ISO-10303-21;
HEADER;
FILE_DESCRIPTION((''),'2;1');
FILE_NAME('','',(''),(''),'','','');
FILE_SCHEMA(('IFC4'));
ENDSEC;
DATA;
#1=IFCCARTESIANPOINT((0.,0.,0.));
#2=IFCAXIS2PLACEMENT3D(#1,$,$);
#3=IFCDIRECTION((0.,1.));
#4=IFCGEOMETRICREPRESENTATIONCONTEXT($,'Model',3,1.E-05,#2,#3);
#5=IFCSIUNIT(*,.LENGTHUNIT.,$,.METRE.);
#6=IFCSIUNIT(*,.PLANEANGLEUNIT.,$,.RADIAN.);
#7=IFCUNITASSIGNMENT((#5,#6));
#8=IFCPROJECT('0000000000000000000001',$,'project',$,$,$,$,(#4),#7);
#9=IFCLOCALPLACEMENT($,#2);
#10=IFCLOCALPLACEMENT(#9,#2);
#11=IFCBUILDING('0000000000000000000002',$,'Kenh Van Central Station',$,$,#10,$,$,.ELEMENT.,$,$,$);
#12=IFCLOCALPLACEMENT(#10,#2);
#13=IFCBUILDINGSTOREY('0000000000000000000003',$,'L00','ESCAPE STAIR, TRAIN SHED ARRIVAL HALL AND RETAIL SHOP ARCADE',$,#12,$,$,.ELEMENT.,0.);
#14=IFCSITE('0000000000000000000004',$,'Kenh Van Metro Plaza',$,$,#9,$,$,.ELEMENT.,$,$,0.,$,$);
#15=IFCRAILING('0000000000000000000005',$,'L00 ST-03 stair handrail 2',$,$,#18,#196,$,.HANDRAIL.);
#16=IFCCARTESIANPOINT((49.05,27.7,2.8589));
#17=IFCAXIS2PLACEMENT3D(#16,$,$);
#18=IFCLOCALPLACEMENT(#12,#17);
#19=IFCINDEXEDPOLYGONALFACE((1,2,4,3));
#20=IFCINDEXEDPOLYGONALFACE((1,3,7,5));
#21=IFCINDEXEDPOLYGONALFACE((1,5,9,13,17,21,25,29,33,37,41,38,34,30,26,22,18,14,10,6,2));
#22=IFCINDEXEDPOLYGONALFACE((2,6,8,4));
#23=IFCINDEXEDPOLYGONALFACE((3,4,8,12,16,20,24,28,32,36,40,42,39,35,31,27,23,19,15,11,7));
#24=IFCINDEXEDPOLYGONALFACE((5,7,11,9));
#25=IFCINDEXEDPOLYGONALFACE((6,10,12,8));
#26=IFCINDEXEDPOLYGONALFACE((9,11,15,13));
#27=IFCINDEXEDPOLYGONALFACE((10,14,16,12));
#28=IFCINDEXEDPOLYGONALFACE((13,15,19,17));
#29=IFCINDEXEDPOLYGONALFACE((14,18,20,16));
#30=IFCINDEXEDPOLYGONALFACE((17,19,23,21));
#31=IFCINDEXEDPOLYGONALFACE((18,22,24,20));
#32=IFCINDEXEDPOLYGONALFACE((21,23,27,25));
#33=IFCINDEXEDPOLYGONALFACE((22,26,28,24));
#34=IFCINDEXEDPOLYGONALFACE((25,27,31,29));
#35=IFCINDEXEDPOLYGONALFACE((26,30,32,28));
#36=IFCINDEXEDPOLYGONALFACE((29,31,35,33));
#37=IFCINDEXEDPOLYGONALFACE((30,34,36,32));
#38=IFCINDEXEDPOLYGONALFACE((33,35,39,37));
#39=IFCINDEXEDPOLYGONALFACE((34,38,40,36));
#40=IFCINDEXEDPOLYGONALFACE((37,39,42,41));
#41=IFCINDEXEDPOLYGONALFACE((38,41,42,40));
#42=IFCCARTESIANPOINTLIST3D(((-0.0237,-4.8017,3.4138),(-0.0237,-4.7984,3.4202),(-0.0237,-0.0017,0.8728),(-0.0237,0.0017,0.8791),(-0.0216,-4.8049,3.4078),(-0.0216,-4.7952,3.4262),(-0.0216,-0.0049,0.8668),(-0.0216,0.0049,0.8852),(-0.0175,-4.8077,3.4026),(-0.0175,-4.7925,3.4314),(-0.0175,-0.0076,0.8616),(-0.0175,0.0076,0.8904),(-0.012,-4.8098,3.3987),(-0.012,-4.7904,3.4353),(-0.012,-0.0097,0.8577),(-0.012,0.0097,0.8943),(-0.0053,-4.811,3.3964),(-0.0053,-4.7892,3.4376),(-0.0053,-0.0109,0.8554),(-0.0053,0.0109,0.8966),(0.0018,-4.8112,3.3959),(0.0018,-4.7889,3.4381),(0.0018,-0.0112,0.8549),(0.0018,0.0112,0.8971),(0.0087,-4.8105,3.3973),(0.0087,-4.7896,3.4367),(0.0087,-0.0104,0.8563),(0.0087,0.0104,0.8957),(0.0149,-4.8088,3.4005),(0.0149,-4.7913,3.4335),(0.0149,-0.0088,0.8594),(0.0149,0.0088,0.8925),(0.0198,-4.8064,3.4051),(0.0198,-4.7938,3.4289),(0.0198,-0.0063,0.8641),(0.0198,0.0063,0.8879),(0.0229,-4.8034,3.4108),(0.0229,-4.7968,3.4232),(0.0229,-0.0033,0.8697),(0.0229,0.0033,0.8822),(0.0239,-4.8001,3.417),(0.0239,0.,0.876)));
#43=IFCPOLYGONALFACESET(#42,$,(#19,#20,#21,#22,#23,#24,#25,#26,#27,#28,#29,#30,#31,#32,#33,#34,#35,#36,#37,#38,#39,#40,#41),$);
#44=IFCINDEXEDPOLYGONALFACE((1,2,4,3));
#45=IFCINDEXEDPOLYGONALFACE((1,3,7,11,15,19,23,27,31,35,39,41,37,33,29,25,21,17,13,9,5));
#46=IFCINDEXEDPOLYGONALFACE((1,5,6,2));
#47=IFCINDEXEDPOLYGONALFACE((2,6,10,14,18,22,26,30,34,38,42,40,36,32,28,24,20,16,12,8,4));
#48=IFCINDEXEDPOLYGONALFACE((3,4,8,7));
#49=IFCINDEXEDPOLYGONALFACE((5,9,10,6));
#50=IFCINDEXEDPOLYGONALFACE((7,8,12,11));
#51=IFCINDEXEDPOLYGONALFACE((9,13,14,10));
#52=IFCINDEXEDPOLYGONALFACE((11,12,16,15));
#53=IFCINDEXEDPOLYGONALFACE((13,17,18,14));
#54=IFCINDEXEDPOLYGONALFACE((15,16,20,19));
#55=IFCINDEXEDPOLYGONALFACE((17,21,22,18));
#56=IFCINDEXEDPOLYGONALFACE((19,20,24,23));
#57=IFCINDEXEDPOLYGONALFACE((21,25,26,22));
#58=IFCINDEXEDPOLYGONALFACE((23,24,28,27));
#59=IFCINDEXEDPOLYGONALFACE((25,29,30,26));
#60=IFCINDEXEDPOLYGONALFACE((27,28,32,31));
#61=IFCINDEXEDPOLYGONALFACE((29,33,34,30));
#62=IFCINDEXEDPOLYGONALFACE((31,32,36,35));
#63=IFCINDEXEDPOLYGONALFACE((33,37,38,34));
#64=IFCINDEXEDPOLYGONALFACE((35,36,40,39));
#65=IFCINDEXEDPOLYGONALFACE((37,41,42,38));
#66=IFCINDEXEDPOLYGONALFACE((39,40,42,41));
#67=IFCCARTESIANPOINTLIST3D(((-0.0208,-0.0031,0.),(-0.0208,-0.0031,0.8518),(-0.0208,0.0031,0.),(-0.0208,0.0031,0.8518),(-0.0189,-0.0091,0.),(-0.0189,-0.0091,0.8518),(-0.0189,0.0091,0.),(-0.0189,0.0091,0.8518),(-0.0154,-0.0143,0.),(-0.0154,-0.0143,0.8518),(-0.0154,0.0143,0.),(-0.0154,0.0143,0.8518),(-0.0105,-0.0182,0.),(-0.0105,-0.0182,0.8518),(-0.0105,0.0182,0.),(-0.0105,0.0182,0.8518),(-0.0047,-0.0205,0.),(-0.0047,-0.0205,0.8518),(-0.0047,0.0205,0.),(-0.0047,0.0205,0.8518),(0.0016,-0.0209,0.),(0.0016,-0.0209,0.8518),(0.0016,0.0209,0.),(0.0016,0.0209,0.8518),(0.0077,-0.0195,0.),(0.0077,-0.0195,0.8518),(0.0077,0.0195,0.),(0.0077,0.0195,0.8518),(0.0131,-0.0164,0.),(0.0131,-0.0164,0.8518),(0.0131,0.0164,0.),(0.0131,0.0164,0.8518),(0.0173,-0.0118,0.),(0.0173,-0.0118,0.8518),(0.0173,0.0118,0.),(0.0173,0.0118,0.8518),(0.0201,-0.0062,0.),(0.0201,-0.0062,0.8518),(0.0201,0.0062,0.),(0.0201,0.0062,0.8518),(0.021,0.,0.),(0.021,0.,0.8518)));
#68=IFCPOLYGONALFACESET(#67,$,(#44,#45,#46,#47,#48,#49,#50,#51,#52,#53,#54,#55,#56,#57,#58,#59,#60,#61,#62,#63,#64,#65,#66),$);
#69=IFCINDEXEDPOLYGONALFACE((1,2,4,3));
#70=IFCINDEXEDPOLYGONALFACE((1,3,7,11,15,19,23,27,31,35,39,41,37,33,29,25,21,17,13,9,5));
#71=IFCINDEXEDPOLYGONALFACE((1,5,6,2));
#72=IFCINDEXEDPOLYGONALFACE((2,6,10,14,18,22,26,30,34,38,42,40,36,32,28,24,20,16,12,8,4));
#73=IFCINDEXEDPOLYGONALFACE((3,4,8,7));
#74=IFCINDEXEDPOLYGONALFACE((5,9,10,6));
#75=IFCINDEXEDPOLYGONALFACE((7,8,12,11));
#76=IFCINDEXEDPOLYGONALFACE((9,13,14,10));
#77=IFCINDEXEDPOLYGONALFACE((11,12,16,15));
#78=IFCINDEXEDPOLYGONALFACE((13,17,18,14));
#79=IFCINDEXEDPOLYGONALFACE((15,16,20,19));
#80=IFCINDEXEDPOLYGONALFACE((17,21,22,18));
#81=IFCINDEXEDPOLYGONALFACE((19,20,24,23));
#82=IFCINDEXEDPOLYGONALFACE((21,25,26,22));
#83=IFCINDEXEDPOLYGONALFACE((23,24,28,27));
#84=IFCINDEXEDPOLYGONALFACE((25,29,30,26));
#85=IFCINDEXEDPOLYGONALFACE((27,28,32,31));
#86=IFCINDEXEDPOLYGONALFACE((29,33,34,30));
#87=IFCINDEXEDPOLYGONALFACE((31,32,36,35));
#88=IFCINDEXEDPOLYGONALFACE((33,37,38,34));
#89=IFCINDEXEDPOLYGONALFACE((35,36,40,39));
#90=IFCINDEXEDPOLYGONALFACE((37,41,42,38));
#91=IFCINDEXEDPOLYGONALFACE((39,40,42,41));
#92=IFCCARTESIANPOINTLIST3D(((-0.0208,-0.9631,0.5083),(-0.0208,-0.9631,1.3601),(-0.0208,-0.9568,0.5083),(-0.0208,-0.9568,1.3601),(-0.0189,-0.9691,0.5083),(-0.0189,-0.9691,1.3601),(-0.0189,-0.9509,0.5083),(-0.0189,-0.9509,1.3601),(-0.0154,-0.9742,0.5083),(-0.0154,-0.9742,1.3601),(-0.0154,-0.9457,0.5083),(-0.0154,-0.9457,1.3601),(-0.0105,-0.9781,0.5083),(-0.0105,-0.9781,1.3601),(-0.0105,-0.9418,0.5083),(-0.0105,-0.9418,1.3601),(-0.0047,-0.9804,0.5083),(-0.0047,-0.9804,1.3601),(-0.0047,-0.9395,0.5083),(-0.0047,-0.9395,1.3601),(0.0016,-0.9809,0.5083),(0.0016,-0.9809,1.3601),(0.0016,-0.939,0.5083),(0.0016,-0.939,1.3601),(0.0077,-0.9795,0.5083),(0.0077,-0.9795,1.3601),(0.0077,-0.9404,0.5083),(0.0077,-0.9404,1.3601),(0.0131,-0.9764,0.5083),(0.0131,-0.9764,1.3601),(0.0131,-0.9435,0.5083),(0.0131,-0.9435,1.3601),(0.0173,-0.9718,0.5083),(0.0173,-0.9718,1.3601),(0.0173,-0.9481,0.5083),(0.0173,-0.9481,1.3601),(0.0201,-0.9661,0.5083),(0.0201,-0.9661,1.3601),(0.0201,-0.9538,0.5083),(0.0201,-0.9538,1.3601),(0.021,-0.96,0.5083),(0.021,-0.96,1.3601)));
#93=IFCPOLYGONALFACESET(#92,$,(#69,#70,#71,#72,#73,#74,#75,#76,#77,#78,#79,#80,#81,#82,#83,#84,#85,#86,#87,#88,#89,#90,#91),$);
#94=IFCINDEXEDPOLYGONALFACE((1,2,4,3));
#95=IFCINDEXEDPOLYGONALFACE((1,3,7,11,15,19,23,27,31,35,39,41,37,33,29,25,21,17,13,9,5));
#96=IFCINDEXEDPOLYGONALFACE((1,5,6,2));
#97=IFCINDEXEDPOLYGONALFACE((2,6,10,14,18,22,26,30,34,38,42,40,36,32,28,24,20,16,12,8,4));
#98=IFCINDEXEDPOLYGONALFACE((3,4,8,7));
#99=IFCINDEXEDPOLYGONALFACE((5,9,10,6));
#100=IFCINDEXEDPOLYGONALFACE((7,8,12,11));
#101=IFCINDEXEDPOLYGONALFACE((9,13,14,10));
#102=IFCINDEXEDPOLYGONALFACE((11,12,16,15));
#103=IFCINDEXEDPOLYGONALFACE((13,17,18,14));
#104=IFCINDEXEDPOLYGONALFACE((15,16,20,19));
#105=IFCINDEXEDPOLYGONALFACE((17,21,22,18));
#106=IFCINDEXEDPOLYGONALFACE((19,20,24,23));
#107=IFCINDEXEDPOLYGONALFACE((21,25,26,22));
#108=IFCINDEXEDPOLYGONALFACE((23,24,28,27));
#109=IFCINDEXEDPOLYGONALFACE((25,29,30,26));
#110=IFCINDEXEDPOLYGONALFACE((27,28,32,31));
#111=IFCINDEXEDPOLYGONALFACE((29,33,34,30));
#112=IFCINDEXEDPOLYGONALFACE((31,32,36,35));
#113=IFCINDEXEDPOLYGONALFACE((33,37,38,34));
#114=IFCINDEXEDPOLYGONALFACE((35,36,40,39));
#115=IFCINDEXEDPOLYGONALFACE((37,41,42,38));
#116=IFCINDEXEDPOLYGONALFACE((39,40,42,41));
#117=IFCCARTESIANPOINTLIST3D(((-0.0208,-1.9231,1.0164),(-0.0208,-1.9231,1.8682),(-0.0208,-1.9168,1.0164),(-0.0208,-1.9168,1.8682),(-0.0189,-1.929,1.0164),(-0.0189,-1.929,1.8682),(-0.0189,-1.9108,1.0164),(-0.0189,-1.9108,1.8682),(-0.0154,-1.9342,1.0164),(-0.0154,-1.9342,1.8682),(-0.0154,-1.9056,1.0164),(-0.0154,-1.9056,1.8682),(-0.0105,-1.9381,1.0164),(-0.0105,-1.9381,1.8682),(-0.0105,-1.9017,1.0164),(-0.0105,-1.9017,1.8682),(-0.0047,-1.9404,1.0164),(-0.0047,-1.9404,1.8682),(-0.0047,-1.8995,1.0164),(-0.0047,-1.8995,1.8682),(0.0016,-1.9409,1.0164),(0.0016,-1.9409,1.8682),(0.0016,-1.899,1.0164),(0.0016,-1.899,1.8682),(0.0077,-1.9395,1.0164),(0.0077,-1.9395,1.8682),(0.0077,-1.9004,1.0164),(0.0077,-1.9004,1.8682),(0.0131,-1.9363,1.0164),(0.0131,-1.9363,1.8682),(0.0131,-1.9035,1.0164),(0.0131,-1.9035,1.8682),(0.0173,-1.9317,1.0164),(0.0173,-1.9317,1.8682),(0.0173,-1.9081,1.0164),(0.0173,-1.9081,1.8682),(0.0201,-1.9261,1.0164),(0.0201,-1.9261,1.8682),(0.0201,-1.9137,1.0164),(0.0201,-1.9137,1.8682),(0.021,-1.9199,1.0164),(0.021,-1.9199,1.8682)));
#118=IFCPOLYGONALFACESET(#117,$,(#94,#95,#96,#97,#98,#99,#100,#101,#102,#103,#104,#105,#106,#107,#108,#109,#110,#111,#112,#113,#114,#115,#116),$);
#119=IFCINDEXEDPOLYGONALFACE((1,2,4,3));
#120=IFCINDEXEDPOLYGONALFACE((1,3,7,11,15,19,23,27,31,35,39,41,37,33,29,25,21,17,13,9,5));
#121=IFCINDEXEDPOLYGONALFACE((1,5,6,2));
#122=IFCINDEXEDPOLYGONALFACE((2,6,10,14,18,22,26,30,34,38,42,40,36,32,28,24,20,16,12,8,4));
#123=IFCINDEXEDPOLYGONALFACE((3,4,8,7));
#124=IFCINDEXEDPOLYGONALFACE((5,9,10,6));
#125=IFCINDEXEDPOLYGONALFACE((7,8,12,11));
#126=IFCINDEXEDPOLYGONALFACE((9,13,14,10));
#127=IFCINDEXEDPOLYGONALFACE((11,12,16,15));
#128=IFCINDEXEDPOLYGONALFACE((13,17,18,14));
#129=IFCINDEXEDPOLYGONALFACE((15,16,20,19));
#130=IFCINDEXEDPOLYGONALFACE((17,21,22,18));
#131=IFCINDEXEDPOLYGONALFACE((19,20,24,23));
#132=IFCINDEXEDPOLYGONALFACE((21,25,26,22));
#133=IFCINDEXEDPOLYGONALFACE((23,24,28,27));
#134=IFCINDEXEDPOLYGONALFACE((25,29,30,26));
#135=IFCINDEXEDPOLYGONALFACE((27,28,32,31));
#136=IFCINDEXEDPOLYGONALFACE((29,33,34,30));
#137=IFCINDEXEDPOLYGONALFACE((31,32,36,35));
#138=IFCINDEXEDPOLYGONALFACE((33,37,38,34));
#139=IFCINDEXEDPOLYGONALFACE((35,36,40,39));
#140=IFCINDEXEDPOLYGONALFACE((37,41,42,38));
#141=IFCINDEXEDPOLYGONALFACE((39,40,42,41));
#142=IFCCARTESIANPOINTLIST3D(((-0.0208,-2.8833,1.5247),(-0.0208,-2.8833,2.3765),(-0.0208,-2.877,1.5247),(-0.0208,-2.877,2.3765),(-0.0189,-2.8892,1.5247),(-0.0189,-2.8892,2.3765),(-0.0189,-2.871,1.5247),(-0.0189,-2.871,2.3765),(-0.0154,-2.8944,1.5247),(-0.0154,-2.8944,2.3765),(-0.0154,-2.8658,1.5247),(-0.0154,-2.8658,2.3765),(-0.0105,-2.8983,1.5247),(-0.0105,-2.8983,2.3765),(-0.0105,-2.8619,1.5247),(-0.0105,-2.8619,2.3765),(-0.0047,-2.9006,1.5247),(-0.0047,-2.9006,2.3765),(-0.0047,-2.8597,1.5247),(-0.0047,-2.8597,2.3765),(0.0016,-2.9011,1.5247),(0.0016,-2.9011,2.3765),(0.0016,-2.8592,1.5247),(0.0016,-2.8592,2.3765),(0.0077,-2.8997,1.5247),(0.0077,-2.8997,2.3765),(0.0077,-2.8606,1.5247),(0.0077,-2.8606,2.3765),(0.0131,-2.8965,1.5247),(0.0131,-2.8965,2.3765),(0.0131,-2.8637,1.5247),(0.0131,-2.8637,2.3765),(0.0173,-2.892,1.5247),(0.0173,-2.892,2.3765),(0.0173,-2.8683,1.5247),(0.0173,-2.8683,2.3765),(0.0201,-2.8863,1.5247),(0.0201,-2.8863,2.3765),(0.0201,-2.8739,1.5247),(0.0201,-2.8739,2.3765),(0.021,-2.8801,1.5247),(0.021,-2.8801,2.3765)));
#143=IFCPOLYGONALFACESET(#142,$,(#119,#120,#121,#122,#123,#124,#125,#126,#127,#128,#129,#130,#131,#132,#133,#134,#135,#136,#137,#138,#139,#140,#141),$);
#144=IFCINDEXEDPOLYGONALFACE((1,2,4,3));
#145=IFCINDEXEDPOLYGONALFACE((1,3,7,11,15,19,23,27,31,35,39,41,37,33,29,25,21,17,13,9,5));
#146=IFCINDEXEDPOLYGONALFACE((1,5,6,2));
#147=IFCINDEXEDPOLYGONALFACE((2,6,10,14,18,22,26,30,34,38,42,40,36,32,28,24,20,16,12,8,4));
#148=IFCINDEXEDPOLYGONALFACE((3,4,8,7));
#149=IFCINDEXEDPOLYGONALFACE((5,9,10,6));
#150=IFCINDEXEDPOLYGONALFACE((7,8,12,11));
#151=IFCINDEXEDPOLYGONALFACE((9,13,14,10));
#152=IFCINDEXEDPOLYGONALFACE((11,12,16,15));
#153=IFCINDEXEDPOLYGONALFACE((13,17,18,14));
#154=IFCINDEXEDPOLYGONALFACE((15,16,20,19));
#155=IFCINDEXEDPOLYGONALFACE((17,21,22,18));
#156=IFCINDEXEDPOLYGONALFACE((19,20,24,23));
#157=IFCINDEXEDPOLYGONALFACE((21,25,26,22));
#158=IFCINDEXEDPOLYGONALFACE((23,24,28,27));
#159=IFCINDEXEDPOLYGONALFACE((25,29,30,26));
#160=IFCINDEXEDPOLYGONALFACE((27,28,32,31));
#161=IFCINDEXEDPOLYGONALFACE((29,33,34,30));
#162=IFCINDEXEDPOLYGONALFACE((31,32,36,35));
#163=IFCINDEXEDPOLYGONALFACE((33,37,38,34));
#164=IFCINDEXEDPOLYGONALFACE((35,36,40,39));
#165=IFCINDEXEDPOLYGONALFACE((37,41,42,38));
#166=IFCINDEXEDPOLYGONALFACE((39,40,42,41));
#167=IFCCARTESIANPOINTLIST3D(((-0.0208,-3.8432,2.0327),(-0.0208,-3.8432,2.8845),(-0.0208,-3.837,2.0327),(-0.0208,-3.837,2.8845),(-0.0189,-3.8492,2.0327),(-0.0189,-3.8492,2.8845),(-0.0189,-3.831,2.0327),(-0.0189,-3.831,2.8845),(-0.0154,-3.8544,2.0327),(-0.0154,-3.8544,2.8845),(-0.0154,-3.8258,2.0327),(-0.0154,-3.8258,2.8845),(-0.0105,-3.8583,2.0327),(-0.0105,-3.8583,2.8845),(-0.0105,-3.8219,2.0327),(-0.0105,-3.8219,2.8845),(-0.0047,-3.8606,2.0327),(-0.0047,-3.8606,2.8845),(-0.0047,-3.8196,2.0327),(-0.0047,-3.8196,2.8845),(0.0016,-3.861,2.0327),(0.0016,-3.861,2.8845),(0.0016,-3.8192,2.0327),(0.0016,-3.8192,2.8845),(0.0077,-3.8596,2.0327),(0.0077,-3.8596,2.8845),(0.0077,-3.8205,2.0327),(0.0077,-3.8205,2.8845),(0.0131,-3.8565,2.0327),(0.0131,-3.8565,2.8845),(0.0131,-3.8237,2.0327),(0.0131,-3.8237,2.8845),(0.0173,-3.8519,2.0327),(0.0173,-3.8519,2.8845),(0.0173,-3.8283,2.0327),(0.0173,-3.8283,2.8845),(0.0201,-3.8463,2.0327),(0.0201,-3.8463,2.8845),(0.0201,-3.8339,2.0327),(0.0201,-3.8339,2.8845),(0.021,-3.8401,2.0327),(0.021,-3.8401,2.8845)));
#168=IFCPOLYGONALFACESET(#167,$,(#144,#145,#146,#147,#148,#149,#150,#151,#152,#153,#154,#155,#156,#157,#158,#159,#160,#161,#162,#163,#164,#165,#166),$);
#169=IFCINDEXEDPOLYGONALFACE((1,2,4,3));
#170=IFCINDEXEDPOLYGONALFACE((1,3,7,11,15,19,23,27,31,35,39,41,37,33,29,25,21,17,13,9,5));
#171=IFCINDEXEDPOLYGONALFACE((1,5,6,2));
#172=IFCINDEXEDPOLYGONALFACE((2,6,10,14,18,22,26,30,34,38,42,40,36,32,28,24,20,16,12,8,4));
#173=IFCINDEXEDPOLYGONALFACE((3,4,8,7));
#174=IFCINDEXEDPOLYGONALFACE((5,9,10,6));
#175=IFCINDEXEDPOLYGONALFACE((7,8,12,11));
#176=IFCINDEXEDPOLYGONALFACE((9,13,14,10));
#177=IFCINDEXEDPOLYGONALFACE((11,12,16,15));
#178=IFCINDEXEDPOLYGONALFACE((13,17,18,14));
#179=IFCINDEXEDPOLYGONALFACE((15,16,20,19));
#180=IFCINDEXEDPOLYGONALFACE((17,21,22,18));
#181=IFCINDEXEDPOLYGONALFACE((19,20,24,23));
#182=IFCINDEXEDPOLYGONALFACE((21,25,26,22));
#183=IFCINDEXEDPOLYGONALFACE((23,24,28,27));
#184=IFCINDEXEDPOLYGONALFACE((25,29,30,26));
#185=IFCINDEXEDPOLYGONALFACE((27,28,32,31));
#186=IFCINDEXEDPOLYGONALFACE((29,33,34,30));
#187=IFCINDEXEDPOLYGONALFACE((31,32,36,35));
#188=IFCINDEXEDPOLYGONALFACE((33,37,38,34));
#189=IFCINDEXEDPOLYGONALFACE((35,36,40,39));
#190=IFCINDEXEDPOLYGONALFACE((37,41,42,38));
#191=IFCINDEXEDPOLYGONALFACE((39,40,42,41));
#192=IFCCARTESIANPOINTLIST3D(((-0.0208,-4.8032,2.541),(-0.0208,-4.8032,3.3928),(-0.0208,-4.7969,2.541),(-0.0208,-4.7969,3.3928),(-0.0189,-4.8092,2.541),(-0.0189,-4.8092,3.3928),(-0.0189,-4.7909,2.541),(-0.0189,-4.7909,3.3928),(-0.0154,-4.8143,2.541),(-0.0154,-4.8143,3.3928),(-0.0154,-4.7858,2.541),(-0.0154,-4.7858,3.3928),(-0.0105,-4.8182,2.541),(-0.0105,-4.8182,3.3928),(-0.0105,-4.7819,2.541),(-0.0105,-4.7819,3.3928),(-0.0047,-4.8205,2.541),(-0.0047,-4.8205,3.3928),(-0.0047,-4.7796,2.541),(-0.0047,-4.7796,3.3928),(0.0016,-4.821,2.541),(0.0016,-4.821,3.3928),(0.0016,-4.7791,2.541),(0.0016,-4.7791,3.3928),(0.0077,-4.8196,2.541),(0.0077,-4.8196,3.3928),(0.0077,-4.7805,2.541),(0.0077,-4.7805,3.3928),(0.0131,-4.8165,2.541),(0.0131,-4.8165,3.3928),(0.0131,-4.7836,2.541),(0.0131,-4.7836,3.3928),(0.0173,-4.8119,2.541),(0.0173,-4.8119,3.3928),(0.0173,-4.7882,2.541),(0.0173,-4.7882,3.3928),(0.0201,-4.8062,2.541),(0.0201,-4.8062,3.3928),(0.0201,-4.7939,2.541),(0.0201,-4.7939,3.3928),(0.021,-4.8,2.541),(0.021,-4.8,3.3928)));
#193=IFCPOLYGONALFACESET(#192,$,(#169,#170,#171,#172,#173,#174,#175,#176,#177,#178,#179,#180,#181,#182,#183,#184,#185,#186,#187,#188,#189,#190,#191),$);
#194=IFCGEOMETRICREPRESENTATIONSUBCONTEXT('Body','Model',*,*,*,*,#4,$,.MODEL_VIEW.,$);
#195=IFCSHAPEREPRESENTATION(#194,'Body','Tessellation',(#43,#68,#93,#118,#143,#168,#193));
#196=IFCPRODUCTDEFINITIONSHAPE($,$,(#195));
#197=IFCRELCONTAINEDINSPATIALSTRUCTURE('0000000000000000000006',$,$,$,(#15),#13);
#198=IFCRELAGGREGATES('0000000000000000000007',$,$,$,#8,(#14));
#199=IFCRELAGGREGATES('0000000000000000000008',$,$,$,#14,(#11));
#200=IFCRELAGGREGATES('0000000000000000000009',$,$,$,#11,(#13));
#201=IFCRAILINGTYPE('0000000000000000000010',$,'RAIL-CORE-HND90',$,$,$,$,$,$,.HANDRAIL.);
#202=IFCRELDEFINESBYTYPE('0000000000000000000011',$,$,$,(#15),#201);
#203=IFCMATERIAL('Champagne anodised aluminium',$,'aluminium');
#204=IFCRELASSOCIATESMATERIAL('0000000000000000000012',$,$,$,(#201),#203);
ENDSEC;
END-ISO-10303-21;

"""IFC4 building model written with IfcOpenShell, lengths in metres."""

from ifc_helpers import new_model, si_unit, direction, frame, origin, origin_2d, place, context, subcontext, project, spatial, circle, extrude, material, type_object, element, save


model = new_model("IFC4")

# Units and contexts
model_context = context("Model", 3, precision=1e-05, world=origin(), true_north=direction((0.0, 1.0)))
body_context = subcontext(model_context, "Body", "Model", "MODEL_VIEW")
ifc_project = project(units=[si_unit("LENGTHUNIT", "METRE"), si_unit("PLANEANGLEUNIT", "RADIAN")], contexts=[model_context])

# Site, building, storey
site_placement = place(None, origin())
site = spatial("IfcSite", under=ifc_project, at=site_placement, Name="Kenh Van Metro Plaza", CompositionType="ELEMENT", RefElevation=0.0)
building_placement = place(site_placement, origin())
building = spatial("IfcBuilding", under=site, at=building_placement, Name="Kenh Van Central Station", CompositionType="ELEMENT")
storey_placement = place(building_placement, origin())
storey = spatial("IfcBuildingStorey", under=building, at=storey_placement, Name="L00", Description="ESCAPE STAIR, TRAIN SHED ARRIVAL HALL AND RETAIL SHOP ARCADE", CompositionType="ELEMENT", Elevation=0.0)

# Railing
ifc_material_1 = material(Name="Champagne anodised aluminium", Category="aluminium")
railing_type_1 = type_object("IfcRailingType", Name="RAIL-CORE-HND90", PredefinedType="HANDRAIL", material=ifc_material_1)
railing_1_placement = place(storey_placement, frame((49.05, 27.7, 2.8589)))
element("IfcRailing", 1, at=railing_1_placement, inside=storey, type_object=railing_type_1, Name="L00 ST-03 stair handrail 2", PredefinedType="HANDRAIL", context=body_context, shape_type="SweptSolid", body=[
    extrude(circle(Radius=0.0239, at=origin_2d()), frame((0.0, 0.0, 0.876), z_axis=(0.0, -0.883802, 0.467861), x_axis=(1.0, 0.0, 0.0)), (0.0, 0.0, 1.0), 5.4312),
    extrude(circle(Radius=0.021, at=origin_2d()), origin(), (0.0, 0.0, 1.0), 0.8518),
    extrude(circle(Radius=0.021, at=origin_2d()), frame((0.0, -0.96, 0.5083)), (0.0, 0.0, 1.0), 0.8518),
    extrude(circle(Radius=0.021, at=origin_2d()), frame((0.0, -1.9199, 1.0164)), (0.0, 0.0, 1.0), 0.8518),
    extrude(circle(Radius=0.021, at=origin_2d()), frame((0.0, -2.8801, 1.5247)), (0.0, 0.0, 1.0), 0.8518),
    extrude(circle(Radius=0.021, at=origin_2d()), frame((0.0, -3.8401, 2.0327)), (0.0, 0.0, 1.0), 0.8518),
    extrude(circle(Radius=0.021, at=origin_2d()), frame((0.0, -4.8, 2.541)), (0.0, 0.0, 1.0), 0.8518),
])

save(model, "model.ifc")
